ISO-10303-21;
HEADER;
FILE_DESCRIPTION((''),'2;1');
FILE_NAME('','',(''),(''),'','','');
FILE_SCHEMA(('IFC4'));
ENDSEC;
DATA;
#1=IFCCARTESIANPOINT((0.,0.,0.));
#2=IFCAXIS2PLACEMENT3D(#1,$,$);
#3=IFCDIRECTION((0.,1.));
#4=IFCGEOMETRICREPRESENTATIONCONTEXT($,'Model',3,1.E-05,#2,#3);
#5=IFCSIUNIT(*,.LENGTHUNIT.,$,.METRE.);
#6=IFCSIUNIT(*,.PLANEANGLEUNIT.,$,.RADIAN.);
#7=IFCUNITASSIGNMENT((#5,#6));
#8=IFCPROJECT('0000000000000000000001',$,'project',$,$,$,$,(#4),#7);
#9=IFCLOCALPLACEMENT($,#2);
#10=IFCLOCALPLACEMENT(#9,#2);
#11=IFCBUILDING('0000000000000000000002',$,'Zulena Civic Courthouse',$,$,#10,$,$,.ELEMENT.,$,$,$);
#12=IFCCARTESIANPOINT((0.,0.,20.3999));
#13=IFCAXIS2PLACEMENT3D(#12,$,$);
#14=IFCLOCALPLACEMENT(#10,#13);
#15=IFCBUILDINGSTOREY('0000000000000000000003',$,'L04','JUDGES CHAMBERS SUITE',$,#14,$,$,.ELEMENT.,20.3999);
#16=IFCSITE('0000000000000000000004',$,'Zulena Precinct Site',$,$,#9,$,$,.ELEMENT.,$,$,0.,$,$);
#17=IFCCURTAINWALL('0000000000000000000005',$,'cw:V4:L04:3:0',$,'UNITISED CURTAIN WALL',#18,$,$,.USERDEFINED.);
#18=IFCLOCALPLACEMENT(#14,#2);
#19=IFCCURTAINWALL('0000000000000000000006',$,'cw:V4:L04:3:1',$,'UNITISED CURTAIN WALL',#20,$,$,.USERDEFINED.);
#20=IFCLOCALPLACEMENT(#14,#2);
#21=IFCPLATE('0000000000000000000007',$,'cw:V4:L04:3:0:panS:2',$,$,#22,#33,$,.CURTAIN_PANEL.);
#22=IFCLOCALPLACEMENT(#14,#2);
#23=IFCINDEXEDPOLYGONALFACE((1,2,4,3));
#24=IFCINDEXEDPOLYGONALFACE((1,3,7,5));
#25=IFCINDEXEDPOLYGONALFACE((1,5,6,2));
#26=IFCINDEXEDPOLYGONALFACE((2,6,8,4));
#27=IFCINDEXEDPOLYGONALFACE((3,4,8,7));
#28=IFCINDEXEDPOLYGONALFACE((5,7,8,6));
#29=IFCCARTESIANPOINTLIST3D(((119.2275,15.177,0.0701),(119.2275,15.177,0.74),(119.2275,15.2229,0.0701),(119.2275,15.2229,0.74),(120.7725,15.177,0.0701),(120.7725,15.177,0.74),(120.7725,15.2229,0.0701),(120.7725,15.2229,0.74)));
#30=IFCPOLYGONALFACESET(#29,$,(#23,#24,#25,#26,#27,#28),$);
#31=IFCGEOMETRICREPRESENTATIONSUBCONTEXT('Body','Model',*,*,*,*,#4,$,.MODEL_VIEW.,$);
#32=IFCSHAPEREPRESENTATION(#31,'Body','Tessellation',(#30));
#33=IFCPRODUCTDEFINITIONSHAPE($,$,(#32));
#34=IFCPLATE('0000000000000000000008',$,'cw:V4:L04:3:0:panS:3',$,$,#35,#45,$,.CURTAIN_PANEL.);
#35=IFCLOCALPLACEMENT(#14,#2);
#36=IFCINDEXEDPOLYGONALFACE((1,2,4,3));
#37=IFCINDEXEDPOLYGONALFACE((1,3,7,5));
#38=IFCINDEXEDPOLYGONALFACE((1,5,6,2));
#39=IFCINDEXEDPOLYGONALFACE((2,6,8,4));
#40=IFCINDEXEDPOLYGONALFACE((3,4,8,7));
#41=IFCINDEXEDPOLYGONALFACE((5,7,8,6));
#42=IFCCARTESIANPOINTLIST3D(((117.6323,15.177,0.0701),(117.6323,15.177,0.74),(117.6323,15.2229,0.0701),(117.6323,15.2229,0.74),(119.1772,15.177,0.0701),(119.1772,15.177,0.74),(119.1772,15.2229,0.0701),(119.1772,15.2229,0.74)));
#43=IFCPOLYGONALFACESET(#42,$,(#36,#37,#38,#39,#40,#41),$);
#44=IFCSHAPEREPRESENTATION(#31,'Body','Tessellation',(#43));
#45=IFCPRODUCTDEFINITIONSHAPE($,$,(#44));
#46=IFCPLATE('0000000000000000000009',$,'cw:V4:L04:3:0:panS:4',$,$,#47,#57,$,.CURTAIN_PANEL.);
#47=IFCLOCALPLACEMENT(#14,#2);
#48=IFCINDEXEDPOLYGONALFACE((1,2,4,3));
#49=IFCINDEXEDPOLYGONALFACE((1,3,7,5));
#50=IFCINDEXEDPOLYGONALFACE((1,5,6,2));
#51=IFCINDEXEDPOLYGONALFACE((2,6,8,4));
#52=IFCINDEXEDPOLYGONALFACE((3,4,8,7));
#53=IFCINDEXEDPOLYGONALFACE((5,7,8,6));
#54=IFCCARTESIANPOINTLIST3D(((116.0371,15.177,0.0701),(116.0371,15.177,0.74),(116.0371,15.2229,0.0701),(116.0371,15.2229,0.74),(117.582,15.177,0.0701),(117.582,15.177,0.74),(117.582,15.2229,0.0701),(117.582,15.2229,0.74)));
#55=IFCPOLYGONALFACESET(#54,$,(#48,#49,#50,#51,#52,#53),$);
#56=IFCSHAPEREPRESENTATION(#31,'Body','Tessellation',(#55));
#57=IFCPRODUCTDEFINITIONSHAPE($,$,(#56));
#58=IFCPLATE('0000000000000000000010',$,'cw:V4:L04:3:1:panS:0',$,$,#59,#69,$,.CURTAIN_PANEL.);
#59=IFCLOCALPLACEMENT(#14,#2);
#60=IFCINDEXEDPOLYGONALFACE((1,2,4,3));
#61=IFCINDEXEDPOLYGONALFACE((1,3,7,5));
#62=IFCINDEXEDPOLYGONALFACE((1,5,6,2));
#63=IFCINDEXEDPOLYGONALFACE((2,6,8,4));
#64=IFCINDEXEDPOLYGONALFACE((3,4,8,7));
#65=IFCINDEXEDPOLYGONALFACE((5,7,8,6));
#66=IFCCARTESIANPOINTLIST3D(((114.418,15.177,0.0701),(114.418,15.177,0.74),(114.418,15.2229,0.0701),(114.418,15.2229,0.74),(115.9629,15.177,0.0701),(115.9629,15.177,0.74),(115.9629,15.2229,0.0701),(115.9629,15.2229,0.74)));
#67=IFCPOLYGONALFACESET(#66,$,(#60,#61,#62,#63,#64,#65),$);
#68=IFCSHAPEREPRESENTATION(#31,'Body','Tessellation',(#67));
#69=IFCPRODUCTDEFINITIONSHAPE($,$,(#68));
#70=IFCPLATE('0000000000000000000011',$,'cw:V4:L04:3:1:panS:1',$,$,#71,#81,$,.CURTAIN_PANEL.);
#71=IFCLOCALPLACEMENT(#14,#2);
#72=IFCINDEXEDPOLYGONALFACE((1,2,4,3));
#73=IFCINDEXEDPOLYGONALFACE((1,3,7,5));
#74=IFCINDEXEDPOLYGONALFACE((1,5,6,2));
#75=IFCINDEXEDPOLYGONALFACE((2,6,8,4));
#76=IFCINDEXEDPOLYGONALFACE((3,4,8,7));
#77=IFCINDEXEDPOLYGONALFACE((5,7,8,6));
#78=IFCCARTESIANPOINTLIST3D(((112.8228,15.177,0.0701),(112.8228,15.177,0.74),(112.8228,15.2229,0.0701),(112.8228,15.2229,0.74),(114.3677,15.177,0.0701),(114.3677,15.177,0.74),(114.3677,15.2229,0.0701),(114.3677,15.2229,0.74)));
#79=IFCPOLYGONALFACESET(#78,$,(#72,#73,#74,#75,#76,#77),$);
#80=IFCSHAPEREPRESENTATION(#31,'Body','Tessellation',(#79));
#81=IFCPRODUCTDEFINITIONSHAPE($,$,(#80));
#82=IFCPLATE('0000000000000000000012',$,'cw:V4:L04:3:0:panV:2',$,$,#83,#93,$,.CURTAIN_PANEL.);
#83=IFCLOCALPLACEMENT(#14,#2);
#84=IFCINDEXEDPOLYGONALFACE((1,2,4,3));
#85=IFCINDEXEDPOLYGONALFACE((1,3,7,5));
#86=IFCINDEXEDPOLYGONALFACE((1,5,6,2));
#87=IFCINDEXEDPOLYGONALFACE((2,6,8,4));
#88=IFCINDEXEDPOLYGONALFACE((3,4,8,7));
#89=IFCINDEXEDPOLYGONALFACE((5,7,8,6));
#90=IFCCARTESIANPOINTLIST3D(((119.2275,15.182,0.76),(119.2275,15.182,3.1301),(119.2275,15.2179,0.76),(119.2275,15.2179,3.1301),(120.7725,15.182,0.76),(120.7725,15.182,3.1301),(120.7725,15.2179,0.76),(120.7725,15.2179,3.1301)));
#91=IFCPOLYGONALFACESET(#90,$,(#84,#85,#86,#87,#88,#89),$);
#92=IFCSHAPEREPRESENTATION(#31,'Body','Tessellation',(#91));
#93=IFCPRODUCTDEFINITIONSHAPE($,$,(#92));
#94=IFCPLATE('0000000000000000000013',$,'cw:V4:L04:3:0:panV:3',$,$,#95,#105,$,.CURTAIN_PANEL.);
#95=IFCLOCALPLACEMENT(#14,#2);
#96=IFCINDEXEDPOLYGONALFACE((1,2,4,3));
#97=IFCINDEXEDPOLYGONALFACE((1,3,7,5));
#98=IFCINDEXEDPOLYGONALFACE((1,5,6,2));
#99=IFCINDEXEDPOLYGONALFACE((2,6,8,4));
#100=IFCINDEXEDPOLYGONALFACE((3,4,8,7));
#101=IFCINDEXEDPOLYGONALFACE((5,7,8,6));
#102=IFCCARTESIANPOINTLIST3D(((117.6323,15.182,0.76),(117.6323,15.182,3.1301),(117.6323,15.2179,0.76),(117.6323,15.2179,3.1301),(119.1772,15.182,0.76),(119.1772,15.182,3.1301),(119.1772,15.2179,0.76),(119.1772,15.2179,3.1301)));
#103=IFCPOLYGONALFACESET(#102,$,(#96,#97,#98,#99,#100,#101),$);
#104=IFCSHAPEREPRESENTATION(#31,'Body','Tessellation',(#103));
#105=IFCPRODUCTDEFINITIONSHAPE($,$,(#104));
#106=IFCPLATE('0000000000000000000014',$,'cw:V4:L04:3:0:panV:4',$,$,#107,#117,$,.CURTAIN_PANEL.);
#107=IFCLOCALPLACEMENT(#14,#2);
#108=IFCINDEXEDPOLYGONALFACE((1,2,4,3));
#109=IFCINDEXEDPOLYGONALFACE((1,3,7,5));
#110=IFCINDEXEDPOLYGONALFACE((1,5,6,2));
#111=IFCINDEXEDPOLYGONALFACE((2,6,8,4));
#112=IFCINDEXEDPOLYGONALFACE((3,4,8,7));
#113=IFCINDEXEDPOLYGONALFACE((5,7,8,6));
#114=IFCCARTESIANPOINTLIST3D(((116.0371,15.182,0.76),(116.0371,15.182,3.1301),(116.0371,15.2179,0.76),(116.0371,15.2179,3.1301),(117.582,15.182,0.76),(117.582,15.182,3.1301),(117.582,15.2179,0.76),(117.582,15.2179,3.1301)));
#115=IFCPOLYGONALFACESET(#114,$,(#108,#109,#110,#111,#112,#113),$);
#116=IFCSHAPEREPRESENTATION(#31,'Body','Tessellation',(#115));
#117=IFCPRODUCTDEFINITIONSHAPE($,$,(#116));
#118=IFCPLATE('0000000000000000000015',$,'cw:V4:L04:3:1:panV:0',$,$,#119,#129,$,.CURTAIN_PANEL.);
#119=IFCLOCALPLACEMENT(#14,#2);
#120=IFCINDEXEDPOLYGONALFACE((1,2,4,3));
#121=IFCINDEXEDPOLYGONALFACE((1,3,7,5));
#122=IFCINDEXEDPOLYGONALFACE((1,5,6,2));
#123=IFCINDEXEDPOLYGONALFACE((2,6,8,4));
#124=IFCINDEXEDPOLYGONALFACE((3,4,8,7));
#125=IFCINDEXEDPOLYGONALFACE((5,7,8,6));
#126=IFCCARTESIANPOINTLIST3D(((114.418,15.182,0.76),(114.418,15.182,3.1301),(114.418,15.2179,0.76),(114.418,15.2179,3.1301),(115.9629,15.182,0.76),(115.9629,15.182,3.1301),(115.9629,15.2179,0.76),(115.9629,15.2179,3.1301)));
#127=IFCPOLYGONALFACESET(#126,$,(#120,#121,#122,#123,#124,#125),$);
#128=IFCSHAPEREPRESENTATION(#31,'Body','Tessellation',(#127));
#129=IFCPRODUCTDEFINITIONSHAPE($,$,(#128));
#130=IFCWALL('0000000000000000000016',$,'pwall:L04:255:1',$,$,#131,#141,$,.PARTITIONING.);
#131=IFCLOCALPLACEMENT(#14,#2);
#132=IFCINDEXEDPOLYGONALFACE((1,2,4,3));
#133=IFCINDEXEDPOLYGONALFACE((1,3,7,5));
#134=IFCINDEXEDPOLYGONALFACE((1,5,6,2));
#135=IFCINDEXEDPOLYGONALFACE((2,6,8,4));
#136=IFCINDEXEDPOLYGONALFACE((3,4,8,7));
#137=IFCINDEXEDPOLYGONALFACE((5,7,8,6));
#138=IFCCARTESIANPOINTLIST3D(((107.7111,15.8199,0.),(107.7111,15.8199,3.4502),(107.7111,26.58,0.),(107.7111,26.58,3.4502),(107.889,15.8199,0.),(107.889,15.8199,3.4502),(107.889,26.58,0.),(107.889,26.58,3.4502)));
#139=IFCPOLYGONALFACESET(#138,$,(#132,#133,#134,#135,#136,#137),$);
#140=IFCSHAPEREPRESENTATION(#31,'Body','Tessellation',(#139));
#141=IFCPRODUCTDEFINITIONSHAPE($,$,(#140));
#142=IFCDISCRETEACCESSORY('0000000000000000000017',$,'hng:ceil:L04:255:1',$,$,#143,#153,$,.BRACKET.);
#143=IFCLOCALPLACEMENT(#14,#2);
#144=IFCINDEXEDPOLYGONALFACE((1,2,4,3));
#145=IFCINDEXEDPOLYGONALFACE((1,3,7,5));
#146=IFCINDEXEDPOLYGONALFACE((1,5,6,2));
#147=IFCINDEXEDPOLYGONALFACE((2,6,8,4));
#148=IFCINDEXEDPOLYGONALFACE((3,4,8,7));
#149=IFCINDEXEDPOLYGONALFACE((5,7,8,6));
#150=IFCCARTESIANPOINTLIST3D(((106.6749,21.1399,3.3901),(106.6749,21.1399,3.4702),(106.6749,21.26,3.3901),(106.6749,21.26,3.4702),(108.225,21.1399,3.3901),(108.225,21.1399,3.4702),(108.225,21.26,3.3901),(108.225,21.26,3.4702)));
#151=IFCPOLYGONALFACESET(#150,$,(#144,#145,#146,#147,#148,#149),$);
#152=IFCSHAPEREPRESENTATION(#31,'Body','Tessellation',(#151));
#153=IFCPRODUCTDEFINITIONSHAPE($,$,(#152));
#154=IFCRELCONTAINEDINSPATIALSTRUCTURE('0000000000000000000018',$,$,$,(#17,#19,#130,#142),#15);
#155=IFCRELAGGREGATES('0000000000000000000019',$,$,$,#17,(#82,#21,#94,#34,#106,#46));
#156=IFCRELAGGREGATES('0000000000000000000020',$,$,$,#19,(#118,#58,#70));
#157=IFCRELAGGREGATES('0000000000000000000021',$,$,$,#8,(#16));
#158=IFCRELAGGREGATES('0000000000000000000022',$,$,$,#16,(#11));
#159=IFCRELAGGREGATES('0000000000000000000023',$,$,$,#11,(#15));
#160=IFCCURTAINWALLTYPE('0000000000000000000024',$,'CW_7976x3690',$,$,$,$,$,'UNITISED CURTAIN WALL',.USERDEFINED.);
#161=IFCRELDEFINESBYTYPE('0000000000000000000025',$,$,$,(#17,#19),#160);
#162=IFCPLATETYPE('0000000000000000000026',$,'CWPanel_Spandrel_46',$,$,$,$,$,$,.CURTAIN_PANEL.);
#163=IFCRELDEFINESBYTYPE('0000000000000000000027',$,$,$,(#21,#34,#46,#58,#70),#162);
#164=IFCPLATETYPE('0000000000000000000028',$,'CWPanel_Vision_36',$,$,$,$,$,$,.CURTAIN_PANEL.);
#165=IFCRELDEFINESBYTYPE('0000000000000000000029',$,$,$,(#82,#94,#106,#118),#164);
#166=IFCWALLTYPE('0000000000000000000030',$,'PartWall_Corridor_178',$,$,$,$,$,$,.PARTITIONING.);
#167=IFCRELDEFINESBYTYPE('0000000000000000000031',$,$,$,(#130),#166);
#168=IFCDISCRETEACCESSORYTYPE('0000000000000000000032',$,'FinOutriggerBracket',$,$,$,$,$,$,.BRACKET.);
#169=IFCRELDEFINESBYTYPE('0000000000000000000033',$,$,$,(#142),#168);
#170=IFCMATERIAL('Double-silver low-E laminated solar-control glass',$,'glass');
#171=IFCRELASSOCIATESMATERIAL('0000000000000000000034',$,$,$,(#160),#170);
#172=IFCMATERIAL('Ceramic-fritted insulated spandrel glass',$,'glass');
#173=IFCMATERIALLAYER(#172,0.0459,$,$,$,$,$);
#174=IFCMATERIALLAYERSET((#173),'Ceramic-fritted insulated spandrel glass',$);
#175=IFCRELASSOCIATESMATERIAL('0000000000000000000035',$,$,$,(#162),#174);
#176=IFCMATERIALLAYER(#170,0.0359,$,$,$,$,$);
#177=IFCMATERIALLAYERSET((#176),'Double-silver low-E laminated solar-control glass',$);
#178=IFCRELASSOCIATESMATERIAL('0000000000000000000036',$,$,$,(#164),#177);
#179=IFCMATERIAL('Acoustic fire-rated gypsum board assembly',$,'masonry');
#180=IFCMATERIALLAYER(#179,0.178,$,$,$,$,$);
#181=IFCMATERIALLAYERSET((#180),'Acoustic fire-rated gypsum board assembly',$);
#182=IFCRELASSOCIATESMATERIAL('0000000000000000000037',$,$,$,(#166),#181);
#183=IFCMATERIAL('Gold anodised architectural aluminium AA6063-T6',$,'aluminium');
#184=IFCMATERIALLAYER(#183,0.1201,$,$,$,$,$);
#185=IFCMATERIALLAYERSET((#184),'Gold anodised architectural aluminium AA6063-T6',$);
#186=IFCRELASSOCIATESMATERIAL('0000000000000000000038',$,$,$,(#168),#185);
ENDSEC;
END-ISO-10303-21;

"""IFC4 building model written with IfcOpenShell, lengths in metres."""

from ifc_helpers import new_model, si_unit, direction, frame, frame_2d, origin, origin_2d, place, context, subcontext, project, spatial, rectangle, extrude, material, layer, layer_set, type_object, element, aggregate, save


model = new_model("IFC4")

# Units and contexts
model_context = context("Model", 3, precision=1e-05, world=origin(), true_north=direction((0.0, 1.0)))
body_context = subcontext(model_context, "Body", "Model", "MODEL_VIEW")
ifc_project = project(units=[si_unit("LENGTHUNIT", "METRE"), si_unit("PLANEANGLEUNIT", "RADIAN")], contexts=[model_context])

# Site, building, storey
site_placement = place(None, origin())
site = spatial("IfcSite", under=ifc_project, at=site_placement, Name="Zulena Precinct Site", CompositionType="ELEMENT", RefElevation=0.0)
building_placement = place(site_placement, origin())
building = spatial("IfcBuilding", under=site, at=building_placement, Name="Zulena Civic Courthouse", CompositionType="ELEMENT")
storey_placement = place(building_placement, frame((0.0, 0.0, 20.3999)))
storey = spatial("IfcBuildingStorey", under=building, at=storey_placement, Name="L04", Description="JUDGES CHAMBERS SUITE", CompositionType="ELEMENT", Elevation=20.3999)

# Curtain walls
ifc_material_1 = material(Name="Double-silver low-E laminated solar-control glass", Category="glass")
curtain_wall_type = type_object("IfcCurtainWallType", Name="CW_7976x3690", ElementType="UNITISED CURTAIN WALL", PredefinedType="USERDEFINED", material=ifc_material_1)
curtain_wall_1_placement = place(storey_placement, origin())
curtain_wall_1 = element("IfcCurtainWall", 1, at=curtain_wall_1_placement, inside=storey, type_object=curtain_wall_type, Name="cw:V4:L04:3:0", ObjectType="UNITISED CURTAIN WALL", PredefinedType="USERDEFINED")
curtain_wall_2_placement = place(storey_placement, origin())
curtain_wall_2 = element("IfcCurtainWall", 2, at=curtain_wall_2_placement, inside=storey, type_object=curtain_wall_type, Name="cw:V4:L04:3:1", ObjectType="UNITISED CURTAIN WALL", PredefinedType="USERDEFINED")

# Plates
ifc_material_2 = material(Name="Ceramic-fritted insulated spandrel glass", Category="glass")
ifc_layer_1 = layer(ifc_material_2, 0.0459)
ifc_layer_set_1 = layer_set([ifc_layer_1], Name="Ceramic-fritted insulated spandrel glass")
plate_type_1 = type_object("IfcPlateType", Name="CWPanel_Spandrel_46", PredefinedType="CURTAIN_PANEL", material=ifc_layer_set_1)
plate_1_placement = place(storey_placement, frame((120.0, 15.2, 0.0701), z_axis=(0.0, 0.0, 1.0), x_axis=(-1.0, 0.0, 0.0)))
plate_1 = element("IfcPlate", 3, at=plate_1_placement, type_object=plate_type_1, Name="cw:V4:L04:3:0:panS:2", PredefinedType="CURTAIN_PANEL", context=body_context, shape_type="SweptSolid", body=[
    extrude(rectangle(XDim=1.5449, YDim=0.0459, at=origin_2d()), origin(), (0.0, 0.0, 1.0), 0.6699),
])
plate_2_placement = place(storey_placement, frame((118.4048, 15.2, 0.0701), z_axis=(0.0, 0.0, 1.0), x_axis=(-1.0, 0.0, 0.0)))
plate_2 = element("IfcPlate", 4, at=plate_2_placement, type_object=plate_type_1, Name="cw:V4:L04:3:0:panS:3", PredefinedType="CURTAIN_PANEL", context=body_context, shape_type="SweptSolid", body=[
    extrude(rectangle(XDim=1.5449, YDim=0.0459, at=origin_2d()), origin(), (0.0, 0.0, 1.0), 0.6699),
])
plate_3_placement = place(storey_placement, frame((116.8096, 15.2, 0.0701), z_axis=(0.0, 0.0, 1.0), x_axis=(-1.0, 0.0, 0.0)))
plate_3 = element("IfcPlate", 5, at=plate_3_placement, type_object=plate_type_1, Name="cw:V4:L04:3:0:panS:4", PredefinedType="CURTAIN_PANEL", context=body_context, shape_type="SweptSolid", body=[
    extrude(rectangle(XDim=1.5449, YDim=0.0459, at=origin_2d()), origin(), (0.0, 0.0, 1.0), 0.6699),
])
plate_4_placement = place(storey_placement, frame((115.1904, 15.2, 0.0701), z_axis=(0.0, 0.0, 1.0), x_axis=(-1.0, 0.0, 0.0)))
plate_4 = element("IfcPlate", 6, at=plate_4_placement, type_object=plate_type_1, Name="cw:V4:L04:3:1:panS:0", PredefinedType="CURTAIN_PANEL", context=body_context, shape_type="SweptSolid", body=[
    extrude(rectangle(XDim=1.5449, YDim=0.0459, at=origin_2d()), origin(), (0.0, 0.0, 1.0), 0.6699),
])
plate_5_placement = place(storey_placement, frame((113.5952, 15.2, 0.0701), z_axis=(0.0, 0.0, 1.0), x_axis=(-1.0, 0.0, 0.0)))
plate_5 = element("IfcPlate", 7, at=plate_5_placement, type_object=plate_type_1, Name="cw:V4:L04:3:1:panS:1", PredefinedType="CURTAIN_PANEL", context=body_context, shape_type="SweptSolid", body=[
    extrude(rectangle(XDim=1.5449, YDim=0.0459, at=origin_2d()), origin(), (0.0, 0.0, 1.0), 0.6699),
])
ifc_layer_2 = layer(ifc_material_1, 0.0359)
ifc_layer_set_2 = layer_set([ifc_layer_2], Name="Double-silver low-E laminated solar-control glass")
plate_type_2 = type_object("IfcPlateType", Name="CWPanel_Vision_36", PredefinedType="CURTAIN_PANEL", material=ifc_layer_set_2)
plate_6_placement = place(storey_placement, frame((120.0, 15.2, 0.76), z_axis=(0.0, 0.0, 1.0), x_axis=(-1.0, 0.0, 0.0)))
plate_6 = element("IfcPlate", 8, at=plate_6_placement, type_object=plate_type_2, Name="cw:V4:L04:3:0:panV:2", PredefinedType="CURTAIN_PANEL", context=body_context, shape_type="SweptSolid", body=[
    extrude(rectangle(XDim=1.5449, YDim=0.0359, at=origin_2d()), origin(), (0.0, 0.0, 1.0), 2.3701),
])
plate_7_placement = place(storey_placement, frame((118.4048, 15.2, 0.76), z_axis=(0.0, 0.0, 1.0), x_axis=(-1.0, 0.0, 0.0)))
plate_7 = element("IfcPlate", 9, at=plate_7_placement, type_object=plate_type_2, Name="cw:V4:L04:3:0:panV:3", PredefinedType="CURTAIN_PANEL", context=body_context, shape_type="SweptSolid", body=[
    extrude(rectangle(XDim=1.5449, YDim=0.0359, at=origin_2d()), origin(), (0.0, 0.0, 1.0), 2.3701),
])
plate_8_placement = place(storey_placement, frame((116.8096, 15.2, 0.76), z_axis=(0.0, 0.0, 1.0), x_axis=(-1.0, 0.0, 0.0)))
plate_8 = element("IfcPlate", 10, at=plate_8_placement, type_object=plate_type_2, Name="cw:V4:L04:3:0:panV:4", PredefinedType="CURTAIN_PANEL", context=body_context, shape_type="SweptSolid", body=[
    extrude(rectangle(XDim=1.5449, YDim=0.0359, at=origin_2d()), origin(), (0.0, 0.0, 1.0), 2.3701),
])
aggregate(curtain_wall_1, [plate_6, plate_1, plate_7, plate_2, plate_8, plate_3])
plate_9_placement = place(storey_placement, frame((115.1904, 15.2, 0.76), z_axis=(0.0, 0.0, 1.0), x_axis=(-1.0, 0.0, 0.0)))
plate_9 = element("IfcPlate", 11, at=plate_9_placement, type_object=plate_type_2, Name="cw:V4:L04:3:1:panV:0", PredefinedType="CURTAIN_PANEL", context=body_context, shape_type="SweptSolid", body=[
    extrude(rectangle(XDim=1.5449, YDim=0.0359, at=origin_2d()), origin(), (0.0, 0.0, 1.0), 2.3701),
])
aggregate(curtain_wall_2, [plate_9, plate_4, plate_5])

# Wall
ifc_material_3 = material(Name="Acoustic fire-rated gypsum board assembly", Category="masonry")
ifc_layer_3 = layer(ifc_material_3, 0.178)
ifc_layer_set_3 = layer_set([ifc_layer_3], Name="Acoustic fire-rated gypsum board assembly")
wall_type = type_object("IfcWallType", Name="PartWall_Corridor_178", PredefinedType="PARTITIONING", material=ifc_layer_set_3)
wall_placement = place(storey_placement, frame((107.8, 15.8201, 0.0), z_axis=(0.0, 0.0, 1.0), x_axis=(0.0, 1.0, 0.0)))
element("IfcWall", 12, at=wall_placement, inside=storey, type_object=wall_type, Name="pwall:L04:255:1", PredefinedType="PARTITIONING", context=body_context, shape_type="SweptSolid", body=[
    extrude(rectangle(XDim=10.76, YDim=0.178, at=frame_2d((5.3799, 0.0))), origin(), (0.0, 0.0, 1.0), 3.4502),
])

# Discrete accessory
ifc_material_4 = material(Name="Gold anodised architectural aluminium AA6063-T6", Category="aluminium")
ifc_layer_4 = layer(ifc_material_4, 0.1201)
ifc_layer_set_4 = layer_set([ifc_layer_4], Name="Gold anodised architectural aluminium AA6063-T6")
discrete_accessory_type = type_object("IfcDiscreteAccessoryType", Name="FinOutriggerBracket", PredefinedType="BRACKET", material=ifc_layer_set_4)
discrete_accessory_placement = place(storey_placement, frame((107.45, 21.2, 3.3901), z_axis=(0.0, 0.0, 1.0), x_axis=(1.0, 0.0, 0.0)))
element("IfcDiscreteAccessory", 13, at=discrete_accessory_placement, inside=storey, type_object=discrete_accessory_type, Name="hng:ceil:L04:255:1", PredefinedType="BRACKET", context=body_context, shape_type="SweptSolid", body=[
    extrude(rectangle(XDim=1.55, YDim=0.1201, at=origin_2d()), origin(), (0.0, 0.0, 1.0), 0.0801),
])

save(model, "model.ifc")
